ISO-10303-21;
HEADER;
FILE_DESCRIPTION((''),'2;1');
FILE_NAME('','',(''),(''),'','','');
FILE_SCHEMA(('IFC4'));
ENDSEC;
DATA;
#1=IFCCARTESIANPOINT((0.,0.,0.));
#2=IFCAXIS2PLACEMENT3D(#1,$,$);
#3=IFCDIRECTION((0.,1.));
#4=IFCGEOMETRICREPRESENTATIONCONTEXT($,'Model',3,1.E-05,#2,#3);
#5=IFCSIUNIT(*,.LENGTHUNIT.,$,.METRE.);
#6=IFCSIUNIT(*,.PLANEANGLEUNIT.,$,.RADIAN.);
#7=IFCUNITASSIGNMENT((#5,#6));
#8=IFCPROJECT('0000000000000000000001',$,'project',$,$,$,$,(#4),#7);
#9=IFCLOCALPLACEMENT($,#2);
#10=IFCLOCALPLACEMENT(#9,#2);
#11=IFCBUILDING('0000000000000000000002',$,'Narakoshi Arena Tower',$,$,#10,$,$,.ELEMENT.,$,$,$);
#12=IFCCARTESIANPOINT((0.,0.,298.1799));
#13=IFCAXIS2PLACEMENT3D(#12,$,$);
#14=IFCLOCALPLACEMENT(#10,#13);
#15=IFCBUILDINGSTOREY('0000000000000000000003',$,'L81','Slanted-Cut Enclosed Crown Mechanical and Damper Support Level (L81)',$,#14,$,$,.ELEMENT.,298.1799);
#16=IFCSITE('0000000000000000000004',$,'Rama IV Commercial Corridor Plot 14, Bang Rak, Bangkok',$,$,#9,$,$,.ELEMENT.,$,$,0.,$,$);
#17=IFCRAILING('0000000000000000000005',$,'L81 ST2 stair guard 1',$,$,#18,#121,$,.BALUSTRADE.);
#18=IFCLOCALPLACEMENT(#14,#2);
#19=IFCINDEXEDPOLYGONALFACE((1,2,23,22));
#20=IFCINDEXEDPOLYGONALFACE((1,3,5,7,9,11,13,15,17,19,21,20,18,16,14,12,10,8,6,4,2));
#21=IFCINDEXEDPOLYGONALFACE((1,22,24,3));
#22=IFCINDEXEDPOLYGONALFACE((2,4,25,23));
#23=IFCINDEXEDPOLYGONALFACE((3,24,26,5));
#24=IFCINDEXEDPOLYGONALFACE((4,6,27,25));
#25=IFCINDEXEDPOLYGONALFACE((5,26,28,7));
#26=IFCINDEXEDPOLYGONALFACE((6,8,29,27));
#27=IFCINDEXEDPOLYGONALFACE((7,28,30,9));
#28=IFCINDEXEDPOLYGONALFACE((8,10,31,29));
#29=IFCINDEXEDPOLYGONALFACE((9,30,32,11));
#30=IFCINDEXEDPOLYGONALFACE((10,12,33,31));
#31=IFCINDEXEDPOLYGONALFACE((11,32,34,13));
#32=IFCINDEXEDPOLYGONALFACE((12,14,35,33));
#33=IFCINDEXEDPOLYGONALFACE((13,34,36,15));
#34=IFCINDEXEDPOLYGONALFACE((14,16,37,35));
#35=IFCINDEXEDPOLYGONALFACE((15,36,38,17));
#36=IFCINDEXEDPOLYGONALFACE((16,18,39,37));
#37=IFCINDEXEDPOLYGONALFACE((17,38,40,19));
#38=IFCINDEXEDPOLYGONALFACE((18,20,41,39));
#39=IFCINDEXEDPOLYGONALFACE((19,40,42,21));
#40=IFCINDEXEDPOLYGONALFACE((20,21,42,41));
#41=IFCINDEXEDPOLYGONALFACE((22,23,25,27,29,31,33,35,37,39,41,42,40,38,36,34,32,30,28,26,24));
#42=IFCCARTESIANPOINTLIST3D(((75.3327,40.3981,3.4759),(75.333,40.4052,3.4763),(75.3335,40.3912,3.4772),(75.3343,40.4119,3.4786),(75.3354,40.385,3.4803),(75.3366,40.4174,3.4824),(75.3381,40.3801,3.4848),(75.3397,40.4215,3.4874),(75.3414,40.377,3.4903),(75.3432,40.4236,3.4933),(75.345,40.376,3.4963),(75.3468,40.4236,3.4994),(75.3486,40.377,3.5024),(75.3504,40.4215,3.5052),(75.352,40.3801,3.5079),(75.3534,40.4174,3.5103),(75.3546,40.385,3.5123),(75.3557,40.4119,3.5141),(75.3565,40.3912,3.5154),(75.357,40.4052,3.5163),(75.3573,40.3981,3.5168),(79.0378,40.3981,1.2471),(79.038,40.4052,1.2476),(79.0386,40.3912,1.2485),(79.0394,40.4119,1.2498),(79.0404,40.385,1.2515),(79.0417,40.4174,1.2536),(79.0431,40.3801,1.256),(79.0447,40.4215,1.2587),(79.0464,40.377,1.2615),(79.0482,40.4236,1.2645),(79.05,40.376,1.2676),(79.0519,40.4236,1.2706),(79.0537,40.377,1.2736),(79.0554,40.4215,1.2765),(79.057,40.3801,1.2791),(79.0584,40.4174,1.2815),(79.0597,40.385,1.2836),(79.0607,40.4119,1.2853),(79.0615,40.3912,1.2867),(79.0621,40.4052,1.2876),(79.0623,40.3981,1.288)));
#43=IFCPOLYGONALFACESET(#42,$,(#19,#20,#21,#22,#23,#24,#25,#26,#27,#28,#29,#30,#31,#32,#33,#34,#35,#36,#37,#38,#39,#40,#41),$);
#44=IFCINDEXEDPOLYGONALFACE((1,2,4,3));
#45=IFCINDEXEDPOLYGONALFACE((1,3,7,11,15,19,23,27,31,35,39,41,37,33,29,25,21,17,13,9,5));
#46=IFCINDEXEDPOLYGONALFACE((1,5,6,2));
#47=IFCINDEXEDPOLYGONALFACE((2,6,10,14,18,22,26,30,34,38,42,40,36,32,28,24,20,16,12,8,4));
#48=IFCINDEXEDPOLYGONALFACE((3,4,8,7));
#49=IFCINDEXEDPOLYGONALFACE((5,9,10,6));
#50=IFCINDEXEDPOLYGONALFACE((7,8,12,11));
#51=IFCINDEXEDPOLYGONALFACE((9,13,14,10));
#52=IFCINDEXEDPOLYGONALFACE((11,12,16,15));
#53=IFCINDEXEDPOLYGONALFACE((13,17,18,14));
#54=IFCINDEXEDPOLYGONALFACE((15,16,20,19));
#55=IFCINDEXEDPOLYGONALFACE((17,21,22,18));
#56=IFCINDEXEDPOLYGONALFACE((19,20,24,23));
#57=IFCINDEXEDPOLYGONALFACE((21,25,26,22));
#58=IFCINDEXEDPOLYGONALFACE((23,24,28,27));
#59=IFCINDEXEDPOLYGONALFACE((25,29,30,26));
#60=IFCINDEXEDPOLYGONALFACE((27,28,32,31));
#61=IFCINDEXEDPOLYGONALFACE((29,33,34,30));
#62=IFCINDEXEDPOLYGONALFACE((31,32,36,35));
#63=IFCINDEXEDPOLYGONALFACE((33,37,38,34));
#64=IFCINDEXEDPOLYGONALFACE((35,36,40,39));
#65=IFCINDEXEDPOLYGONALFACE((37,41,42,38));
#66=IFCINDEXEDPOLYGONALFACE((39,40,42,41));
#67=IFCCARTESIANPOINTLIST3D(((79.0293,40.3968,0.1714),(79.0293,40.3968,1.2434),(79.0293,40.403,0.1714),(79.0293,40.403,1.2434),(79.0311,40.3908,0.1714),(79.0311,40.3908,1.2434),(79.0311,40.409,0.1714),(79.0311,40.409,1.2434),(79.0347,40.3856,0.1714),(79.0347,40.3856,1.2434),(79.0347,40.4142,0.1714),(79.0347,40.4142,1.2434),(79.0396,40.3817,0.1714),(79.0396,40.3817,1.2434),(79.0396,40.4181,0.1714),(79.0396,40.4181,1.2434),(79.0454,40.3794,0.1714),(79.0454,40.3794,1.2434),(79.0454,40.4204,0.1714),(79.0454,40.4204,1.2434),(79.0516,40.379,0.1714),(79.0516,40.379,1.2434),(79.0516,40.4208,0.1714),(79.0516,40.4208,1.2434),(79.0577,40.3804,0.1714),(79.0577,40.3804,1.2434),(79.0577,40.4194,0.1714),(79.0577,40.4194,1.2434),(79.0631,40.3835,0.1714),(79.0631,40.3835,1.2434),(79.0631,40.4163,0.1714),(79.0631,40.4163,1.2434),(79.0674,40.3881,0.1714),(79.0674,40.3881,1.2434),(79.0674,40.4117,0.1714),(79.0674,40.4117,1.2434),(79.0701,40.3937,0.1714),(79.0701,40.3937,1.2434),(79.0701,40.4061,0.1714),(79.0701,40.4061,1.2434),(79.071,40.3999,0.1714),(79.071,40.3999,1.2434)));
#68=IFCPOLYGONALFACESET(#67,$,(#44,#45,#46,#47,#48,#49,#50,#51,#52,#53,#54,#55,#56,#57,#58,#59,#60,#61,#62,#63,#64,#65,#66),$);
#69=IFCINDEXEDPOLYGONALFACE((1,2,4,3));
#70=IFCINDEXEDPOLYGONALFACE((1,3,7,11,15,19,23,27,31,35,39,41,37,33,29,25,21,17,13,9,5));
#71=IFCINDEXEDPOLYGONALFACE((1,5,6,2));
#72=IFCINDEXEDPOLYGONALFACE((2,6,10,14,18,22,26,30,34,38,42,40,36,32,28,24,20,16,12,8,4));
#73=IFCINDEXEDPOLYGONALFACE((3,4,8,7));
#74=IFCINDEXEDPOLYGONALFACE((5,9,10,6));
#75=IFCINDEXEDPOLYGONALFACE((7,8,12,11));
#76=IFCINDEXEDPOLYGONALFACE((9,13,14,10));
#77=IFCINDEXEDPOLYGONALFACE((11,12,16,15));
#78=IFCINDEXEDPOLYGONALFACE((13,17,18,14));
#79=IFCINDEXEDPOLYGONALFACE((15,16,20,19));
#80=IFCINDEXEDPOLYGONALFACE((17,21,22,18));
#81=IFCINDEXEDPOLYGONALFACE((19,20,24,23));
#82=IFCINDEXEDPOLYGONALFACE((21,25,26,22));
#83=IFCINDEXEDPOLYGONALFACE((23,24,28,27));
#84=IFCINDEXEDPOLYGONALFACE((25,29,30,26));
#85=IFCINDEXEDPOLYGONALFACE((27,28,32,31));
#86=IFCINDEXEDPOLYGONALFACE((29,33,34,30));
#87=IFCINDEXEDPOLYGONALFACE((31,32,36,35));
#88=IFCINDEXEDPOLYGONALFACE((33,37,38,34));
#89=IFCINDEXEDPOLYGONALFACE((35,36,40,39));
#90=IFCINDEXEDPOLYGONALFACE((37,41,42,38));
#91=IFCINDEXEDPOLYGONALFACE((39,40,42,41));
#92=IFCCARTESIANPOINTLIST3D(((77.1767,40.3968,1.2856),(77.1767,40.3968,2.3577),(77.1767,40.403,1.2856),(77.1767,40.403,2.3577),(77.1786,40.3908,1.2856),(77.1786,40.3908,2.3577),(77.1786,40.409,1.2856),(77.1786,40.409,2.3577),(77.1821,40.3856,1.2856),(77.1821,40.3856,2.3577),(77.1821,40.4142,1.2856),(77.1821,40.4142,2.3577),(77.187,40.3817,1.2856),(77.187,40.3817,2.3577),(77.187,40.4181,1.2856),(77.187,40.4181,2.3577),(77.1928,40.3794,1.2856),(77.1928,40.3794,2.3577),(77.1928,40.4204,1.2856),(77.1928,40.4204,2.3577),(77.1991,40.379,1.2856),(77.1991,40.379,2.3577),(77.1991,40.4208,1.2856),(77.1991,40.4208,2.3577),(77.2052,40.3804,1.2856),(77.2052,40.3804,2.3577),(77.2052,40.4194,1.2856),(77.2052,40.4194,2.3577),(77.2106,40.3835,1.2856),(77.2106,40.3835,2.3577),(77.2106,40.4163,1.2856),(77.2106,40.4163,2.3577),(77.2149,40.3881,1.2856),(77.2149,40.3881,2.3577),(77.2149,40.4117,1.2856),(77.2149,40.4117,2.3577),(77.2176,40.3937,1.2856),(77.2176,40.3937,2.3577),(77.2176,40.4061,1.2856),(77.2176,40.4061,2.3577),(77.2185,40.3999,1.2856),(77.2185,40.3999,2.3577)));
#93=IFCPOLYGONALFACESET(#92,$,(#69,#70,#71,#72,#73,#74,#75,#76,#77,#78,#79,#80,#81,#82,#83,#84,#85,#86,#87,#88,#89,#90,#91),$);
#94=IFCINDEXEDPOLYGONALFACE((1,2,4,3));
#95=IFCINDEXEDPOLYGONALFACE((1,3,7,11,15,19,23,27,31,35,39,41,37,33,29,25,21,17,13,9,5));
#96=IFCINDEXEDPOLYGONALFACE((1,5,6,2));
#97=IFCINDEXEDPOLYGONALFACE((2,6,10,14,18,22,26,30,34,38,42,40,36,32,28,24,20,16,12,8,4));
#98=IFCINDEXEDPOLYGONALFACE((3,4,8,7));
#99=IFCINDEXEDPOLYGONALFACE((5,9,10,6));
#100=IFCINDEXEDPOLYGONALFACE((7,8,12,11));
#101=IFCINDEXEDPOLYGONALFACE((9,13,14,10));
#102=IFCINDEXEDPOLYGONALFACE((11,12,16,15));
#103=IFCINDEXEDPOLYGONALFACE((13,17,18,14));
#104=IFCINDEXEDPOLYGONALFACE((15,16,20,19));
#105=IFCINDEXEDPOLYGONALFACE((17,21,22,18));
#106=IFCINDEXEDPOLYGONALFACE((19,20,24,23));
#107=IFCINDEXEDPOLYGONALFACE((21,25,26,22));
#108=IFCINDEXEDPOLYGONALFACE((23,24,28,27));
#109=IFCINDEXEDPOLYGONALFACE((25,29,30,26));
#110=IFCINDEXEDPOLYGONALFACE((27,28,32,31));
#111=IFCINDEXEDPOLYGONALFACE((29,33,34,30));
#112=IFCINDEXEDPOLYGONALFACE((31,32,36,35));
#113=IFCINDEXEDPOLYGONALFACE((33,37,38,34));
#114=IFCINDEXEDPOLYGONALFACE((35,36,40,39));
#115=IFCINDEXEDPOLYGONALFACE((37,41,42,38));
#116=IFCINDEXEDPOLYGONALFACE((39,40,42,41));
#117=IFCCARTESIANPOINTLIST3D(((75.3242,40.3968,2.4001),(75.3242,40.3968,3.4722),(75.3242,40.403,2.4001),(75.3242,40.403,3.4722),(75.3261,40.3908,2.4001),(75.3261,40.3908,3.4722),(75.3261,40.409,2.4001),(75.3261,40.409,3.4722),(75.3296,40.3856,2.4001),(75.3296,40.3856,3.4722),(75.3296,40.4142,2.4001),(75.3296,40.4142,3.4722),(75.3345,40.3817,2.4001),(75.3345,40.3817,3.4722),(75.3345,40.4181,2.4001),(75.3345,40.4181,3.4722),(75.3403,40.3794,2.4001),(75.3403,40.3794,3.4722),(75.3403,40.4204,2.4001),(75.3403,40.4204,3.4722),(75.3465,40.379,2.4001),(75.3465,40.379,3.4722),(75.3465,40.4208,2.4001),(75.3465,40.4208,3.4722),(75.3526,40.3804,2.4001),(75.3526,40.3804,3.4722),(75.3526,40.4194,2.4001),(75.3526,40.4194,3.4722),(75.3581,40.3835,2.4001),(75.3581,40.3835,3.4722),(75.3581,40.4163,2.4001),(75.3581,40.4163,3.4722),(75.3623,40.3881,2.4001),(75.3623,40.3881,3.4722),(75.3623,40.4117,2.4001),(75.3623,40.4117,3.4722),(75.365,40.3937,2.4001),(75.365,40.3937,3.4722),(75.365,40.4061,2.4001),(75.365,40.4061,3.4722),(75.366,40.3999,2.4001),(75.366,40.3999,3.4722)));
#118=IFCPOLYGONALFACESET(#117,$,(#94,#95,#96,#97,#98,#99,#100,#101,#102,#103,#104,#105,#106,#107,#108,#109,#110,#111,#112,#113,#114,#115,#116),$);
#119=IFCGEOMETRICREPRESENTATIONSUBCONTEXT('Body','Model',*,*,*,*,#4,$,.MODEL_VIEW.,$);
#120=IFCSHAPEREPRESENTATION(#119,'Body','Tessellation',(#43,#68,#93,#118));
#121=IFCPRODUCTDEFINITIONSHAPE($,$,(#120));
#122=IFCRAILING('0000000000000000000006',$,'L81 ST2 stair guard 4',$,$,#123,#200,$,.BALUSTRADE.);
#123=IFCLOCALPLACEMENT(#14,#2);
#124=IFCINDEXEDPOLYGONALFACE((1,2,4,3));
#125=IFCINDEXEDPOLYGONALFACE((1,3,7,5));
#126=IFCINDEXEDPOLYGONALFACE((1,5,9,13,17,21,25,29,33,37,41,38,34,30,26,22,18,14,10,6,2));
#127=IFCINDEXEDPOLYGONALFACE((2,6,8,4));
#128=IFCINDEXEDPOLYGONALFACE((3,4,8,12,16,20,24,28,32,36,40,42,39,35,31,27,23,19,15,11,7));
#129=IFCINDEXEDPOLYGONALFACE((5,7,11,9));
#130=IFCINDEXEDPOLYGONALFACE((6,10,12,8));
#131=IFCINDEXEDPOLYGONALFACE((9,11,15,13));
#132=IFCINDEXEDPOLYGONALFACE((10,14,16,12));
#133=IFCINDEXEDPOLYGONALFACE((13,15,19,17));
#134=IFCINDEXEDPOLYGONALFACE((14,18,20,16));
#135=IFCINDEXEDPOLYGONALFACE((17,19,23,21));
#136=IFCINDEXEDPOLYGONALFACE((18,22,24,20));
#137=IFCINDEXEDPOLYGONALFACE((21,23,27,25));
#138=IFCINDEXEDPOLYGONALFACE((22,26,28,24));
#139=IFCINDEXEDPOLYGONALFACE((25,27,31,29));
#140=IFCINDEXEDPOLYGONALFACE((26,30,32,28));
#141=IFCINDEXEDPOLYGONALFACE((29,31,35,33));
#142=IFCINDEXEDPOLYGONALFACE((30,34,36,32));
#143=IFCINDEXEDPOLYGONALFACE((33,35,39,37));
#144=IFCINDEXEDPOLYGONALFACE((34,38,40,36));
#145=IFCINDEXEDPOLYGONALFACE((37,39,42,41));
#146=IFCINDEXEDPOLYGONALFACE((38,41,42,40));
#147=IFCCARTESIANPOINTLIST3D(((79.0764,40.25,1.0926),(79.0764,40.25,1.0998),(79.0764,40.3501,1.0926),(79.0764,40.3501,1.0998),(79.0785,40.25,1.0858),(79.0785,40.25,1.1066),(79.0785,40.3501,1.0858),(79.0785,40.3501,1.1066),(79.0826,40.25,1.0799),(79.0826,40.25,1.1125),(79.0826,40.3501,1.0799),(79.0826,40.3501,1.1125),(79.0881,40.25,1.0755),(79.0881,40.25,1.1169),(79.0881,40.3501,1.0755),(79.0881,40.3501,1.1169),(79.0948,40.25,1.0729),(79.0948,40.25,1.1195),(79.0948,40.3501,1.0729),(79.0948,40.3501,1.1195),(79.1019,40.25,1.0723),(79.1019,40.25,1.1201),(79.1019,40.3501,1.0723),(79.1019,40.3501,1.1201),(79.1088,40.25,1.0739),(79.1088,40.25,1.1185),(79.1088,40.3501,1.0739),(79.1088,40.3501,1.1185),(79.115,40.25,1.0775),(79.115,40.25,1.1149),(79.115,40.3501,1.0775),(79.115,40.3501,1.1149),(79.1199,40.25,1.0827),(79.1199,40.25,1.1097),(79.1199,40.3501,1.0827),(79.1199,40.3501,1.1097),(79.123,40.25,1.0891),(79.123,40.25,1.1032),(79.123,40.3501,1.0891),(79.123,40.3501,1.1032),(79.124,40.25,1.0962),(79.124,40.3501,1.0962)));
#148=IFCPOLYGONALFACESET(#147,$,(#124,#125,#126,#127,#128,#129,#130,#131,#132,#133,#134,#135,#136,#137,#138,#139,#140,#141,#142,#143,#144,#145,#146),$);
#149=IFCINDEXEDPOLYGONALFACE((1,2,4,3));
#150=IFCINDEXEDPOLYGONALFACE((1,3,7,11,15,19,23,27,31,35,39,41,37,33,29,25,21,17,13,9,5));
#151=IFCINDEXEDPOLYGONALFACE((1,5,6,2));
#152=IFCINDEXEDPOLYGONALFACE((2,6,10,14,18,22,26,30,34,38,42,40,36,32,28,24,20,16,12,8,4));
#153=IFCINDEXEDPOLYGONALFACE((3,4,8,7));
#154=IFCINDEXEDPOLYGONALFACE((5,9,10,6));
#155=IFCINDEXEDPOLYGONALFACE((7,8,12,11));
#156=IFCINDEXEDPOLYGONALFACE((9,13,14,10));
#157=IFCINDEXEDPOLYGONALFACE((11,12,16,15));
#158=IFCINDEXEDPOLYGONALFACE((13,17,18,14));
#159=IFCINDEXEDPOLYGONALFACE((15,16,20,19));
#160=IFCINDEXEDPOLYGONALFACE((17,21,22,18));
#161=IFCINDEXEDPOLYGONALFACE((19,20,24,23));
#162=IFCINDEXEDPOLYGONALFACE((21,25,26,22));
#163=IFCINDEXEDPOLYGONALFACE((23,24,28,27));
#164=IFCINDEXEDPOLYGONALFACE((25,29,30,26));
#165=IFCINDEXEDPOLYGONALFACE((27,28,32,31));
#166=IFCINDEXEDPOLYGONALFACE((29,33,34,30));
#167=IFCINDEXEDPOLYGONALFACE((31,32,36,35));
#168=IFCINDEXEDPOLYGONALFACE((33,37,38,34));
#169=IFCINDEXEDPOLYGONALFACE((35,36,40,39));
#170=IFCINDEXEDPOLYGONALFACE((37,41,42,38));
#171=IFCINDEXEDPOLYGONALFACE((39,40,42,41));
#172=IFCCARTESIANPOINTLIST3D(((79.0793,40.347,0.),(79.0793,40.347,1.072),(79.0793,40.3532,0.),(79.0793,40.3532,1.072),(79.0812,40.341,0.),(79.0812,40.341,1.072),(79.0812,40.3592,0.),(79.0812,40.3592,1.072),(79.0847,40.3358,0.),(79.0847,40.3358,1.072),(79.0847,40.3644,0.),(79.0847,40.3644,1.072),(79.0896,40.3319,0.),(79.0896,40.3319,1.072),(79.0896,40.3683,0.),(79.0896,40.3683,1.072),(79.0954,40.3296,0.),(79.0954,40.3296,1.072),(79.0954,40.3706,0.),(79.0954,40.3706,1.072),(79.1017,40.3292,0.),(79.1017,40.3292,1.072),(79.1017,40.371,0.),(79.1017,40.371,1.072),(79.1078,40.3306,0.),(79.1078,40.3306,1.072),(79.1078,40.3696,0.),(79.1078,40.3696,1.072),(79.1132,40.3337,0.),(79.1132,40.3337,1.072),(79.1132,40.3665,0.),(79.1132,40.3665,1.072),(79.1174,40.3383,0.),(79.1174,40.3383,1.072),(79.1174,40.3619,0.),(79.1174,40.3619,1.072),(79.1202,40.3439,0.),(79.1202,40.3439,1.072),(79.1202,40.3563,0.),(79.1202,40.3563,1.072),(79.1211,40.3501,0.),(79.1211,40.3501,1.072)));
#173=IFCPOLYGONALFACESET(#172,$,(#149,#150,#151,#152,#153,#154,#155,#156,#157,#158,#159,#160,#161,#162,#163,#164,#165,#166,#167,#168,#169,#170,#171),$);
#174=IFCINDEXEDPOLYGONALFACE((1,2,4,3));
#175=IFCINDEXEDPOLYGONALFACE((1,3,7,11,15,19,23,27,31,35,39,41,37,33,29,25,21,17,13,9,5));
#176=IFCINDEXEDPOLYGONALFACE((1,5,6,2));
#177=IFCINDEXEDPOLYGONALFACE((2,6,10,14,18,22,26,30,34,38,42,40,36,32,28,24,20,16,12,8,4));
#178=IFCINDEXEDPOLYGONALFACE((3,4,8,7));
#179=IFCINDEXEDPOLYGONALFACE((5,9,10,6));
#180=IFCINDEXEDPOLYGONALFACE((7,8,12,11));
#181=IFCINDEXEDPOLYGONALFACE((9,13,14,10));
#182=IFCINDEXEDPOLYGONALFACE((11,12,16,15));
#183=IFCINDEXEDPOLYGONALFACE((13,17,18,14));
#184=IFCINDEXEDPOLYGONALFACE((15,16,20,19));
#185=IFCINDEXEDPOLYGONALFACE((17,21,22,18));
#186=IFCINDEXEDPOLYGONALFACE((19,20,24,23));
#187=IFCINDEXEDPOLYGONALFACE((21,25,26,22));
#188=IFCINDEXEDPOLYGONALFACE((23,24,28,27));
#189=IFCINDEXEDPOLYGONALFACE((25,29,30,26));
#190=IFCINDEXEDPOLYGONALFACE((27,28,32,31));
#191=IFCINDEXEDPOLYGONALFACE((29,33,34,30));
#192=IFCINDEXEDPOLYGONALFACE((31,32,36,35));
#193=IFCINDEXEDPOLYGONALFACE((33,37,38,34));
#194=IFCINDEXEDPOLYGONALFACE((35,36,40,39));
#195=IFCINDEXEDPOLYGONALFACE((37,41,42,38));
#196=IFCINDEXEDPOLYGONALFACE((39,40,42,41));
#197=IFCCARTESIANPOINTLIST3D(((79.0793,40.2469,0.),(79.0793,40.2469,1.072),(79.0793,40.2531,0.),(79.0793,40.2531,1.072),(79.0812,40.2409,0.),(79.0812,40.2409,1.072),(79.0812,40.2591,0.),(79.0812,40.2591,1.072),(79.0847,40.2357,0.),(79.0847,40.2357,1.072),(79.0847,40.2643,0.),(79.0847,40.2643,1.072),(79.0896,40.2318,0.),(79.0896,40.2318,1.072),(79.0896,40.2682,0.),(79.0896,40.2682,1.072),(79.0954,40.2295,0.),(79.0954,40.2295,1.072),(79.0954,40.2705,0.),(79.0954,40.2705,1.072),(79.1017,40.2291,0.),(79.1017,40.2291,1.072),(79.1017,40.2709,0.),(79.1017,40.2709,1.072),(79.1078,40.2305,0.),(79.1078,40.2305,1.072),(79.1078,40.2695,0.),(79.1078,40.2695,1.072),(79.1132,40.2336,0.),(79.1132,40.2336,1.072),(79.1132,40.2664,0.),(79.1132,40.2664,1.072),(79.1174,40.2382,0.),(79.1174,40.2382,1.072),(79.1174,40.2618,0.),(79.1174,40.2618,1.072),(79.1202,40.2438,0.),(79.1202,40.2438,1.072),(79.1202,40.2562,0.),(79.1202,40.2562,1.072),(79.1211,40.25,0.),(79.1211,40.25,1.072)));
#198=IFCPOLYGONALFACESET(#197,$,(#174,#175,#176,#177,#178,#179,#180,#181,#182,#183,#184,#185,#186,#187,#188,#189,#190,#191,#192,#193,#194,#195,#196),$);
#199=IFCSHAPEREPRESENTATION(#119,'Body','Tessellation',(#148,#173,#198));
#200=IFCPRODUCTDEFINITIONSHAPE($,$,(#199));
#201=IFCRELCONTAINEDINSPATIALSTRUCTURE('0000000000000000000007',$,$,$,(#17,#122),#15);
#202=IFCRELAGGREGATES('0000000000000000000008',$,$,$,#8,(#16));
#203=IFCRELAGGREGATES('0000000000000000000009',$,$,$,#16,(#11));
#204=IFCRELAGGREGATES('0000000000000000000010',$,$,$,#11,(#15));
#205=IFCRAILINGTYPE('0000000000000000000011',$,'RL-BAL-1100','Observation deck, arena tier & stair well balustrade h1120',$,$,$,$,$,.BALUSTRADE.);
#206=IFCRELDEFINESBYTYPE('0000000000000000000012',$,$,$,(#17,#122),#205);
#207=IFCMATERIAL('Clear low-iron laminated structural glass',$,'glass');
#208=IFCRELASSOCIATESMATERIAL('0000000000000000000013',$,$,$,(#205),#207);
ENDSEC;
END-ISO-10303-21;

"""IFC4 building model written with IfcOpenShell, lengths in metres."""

from ifc_helpers import new_model, si_unit, direction, frame, origin, origin_2d, place, context, subcontext, project, spatial, circle, extrude, material, type_object, element, save


model = new_model("IFC4")

# Units and contexts
model_context = context("Model", 3, precision=1e-05, world=origin(), true_north=direction((0.0, 1.0)))
body_context = subcontext(model_context, "Body", "Model", "MODEL_VIEW")
ifc_project = project(units=[si_unit("LENGTHUNIT", "METRE"), si_unit("PLANEANGLEUNIT", "RADIAN")], contexts=[model_context])

# Site, building, storey
site_placement = place(None, origin())
site = spatial("IfcSite", under=ifc_project, at=site_placement, Name="Rama IV Commercial Corridor Plot 14, Bang Rak, Bangkok", CompositionType="ELEMENT", RefElevation=0.0)
building_placement = place(site_placement, origin())
building = spatial("IfcBuilding", under=site, at=building_placement, Name="Narakoshi Arena Tower", CompositionType="ELEMENT")
storey_placement = place(building_placement, frame((0.0, 0.0, 298.1799)))
storey = spatial("IfcBuildingStorey", under=building, at=storey_placement, Name="L81", Description="Slanted-Cut Enclosed Crown Mechanical and Damper Support Level (L81)", CompositionType="ELEMENT", Elevation=298.1799)

# Railings
ifc_material_1 = material(Name="Clear low-iron laminated structural glass", Category="glass")
railing_type_1 = type_object("IfcRailingType", Name="RL-BAL-1100", Description="Observation deck, arena tier & stair well balustrade h1120", PredefinedType="BALUSTRADE", material=ifc_material_1)
railing_1_placement = place(storey_placement, frame((79.05, 40.3999, 0.1714)))
element("IfcRailing", 1, at=railing_1_placement, inside=storey, type_object=railing_type_1, Name="L81 ST2 stair guard 1", PredefinedType="BALUSTRADE", context=body_context, shape_type="SweptSolid", body=[
    extrude(circle(Radius=0.0239, at=origin_2d()), frame((0.0, 0.0, 1.0962), z_axis=(-0.856909, 0.0, 0.515467), x_axis=(0.0, -1.0, 0.0)), (0.0, 0.0, 1.0), 4.3237),
    extrude(circle(Radius=0.021, at=origin_2d()), origin(), (0.0, 0.0, 1.0), 1.072),
    extrude(circle(Radius=0.021, at=origin_2d()), frame((-1.8525, 0.0, 1.1143)), (0.0, 0.0, 1.0), 1.072),
    extrude(circle(Radius=0.021, at=origin_2d()), frame((-3.7051, 0.0, 2.2288)), (0.0, 0.0, 1.0), 1.072),
])
railing_2_placement = place(storey_placement, frame((79.1001, 40.3501, 0.0)))
element("IfcRailing", 2, at=railing_2_placement, inside=storey, type_object=railing_type_1, Name="L81 ST2 stair guard 4", PredefinedType="BALUSTRADE", context=body_context, shape_type="SweptSolid", body=[
    extrude(circle(Radius=0.0239, at=origin_2d()), frame((0.0, 0.0, 1.0962), z_axis=(0.0, -1.0, 0.0), x_axis=(1.0, 0.0, 0.0)), (0.0, 0.0, 1.0), 0.1001),
    extrude(circle(Radius=0.021, at=origin_2d()), origin(), (0.0, 0.0, 1.0), 1.072),
    extrude(circle(Radius=0.021, at=origin_2d()), frame((0.0, -0.1001, 0.0)), (0.0, 0.0, 1.0), 1.072),
])

save(model, "model.ifc")
